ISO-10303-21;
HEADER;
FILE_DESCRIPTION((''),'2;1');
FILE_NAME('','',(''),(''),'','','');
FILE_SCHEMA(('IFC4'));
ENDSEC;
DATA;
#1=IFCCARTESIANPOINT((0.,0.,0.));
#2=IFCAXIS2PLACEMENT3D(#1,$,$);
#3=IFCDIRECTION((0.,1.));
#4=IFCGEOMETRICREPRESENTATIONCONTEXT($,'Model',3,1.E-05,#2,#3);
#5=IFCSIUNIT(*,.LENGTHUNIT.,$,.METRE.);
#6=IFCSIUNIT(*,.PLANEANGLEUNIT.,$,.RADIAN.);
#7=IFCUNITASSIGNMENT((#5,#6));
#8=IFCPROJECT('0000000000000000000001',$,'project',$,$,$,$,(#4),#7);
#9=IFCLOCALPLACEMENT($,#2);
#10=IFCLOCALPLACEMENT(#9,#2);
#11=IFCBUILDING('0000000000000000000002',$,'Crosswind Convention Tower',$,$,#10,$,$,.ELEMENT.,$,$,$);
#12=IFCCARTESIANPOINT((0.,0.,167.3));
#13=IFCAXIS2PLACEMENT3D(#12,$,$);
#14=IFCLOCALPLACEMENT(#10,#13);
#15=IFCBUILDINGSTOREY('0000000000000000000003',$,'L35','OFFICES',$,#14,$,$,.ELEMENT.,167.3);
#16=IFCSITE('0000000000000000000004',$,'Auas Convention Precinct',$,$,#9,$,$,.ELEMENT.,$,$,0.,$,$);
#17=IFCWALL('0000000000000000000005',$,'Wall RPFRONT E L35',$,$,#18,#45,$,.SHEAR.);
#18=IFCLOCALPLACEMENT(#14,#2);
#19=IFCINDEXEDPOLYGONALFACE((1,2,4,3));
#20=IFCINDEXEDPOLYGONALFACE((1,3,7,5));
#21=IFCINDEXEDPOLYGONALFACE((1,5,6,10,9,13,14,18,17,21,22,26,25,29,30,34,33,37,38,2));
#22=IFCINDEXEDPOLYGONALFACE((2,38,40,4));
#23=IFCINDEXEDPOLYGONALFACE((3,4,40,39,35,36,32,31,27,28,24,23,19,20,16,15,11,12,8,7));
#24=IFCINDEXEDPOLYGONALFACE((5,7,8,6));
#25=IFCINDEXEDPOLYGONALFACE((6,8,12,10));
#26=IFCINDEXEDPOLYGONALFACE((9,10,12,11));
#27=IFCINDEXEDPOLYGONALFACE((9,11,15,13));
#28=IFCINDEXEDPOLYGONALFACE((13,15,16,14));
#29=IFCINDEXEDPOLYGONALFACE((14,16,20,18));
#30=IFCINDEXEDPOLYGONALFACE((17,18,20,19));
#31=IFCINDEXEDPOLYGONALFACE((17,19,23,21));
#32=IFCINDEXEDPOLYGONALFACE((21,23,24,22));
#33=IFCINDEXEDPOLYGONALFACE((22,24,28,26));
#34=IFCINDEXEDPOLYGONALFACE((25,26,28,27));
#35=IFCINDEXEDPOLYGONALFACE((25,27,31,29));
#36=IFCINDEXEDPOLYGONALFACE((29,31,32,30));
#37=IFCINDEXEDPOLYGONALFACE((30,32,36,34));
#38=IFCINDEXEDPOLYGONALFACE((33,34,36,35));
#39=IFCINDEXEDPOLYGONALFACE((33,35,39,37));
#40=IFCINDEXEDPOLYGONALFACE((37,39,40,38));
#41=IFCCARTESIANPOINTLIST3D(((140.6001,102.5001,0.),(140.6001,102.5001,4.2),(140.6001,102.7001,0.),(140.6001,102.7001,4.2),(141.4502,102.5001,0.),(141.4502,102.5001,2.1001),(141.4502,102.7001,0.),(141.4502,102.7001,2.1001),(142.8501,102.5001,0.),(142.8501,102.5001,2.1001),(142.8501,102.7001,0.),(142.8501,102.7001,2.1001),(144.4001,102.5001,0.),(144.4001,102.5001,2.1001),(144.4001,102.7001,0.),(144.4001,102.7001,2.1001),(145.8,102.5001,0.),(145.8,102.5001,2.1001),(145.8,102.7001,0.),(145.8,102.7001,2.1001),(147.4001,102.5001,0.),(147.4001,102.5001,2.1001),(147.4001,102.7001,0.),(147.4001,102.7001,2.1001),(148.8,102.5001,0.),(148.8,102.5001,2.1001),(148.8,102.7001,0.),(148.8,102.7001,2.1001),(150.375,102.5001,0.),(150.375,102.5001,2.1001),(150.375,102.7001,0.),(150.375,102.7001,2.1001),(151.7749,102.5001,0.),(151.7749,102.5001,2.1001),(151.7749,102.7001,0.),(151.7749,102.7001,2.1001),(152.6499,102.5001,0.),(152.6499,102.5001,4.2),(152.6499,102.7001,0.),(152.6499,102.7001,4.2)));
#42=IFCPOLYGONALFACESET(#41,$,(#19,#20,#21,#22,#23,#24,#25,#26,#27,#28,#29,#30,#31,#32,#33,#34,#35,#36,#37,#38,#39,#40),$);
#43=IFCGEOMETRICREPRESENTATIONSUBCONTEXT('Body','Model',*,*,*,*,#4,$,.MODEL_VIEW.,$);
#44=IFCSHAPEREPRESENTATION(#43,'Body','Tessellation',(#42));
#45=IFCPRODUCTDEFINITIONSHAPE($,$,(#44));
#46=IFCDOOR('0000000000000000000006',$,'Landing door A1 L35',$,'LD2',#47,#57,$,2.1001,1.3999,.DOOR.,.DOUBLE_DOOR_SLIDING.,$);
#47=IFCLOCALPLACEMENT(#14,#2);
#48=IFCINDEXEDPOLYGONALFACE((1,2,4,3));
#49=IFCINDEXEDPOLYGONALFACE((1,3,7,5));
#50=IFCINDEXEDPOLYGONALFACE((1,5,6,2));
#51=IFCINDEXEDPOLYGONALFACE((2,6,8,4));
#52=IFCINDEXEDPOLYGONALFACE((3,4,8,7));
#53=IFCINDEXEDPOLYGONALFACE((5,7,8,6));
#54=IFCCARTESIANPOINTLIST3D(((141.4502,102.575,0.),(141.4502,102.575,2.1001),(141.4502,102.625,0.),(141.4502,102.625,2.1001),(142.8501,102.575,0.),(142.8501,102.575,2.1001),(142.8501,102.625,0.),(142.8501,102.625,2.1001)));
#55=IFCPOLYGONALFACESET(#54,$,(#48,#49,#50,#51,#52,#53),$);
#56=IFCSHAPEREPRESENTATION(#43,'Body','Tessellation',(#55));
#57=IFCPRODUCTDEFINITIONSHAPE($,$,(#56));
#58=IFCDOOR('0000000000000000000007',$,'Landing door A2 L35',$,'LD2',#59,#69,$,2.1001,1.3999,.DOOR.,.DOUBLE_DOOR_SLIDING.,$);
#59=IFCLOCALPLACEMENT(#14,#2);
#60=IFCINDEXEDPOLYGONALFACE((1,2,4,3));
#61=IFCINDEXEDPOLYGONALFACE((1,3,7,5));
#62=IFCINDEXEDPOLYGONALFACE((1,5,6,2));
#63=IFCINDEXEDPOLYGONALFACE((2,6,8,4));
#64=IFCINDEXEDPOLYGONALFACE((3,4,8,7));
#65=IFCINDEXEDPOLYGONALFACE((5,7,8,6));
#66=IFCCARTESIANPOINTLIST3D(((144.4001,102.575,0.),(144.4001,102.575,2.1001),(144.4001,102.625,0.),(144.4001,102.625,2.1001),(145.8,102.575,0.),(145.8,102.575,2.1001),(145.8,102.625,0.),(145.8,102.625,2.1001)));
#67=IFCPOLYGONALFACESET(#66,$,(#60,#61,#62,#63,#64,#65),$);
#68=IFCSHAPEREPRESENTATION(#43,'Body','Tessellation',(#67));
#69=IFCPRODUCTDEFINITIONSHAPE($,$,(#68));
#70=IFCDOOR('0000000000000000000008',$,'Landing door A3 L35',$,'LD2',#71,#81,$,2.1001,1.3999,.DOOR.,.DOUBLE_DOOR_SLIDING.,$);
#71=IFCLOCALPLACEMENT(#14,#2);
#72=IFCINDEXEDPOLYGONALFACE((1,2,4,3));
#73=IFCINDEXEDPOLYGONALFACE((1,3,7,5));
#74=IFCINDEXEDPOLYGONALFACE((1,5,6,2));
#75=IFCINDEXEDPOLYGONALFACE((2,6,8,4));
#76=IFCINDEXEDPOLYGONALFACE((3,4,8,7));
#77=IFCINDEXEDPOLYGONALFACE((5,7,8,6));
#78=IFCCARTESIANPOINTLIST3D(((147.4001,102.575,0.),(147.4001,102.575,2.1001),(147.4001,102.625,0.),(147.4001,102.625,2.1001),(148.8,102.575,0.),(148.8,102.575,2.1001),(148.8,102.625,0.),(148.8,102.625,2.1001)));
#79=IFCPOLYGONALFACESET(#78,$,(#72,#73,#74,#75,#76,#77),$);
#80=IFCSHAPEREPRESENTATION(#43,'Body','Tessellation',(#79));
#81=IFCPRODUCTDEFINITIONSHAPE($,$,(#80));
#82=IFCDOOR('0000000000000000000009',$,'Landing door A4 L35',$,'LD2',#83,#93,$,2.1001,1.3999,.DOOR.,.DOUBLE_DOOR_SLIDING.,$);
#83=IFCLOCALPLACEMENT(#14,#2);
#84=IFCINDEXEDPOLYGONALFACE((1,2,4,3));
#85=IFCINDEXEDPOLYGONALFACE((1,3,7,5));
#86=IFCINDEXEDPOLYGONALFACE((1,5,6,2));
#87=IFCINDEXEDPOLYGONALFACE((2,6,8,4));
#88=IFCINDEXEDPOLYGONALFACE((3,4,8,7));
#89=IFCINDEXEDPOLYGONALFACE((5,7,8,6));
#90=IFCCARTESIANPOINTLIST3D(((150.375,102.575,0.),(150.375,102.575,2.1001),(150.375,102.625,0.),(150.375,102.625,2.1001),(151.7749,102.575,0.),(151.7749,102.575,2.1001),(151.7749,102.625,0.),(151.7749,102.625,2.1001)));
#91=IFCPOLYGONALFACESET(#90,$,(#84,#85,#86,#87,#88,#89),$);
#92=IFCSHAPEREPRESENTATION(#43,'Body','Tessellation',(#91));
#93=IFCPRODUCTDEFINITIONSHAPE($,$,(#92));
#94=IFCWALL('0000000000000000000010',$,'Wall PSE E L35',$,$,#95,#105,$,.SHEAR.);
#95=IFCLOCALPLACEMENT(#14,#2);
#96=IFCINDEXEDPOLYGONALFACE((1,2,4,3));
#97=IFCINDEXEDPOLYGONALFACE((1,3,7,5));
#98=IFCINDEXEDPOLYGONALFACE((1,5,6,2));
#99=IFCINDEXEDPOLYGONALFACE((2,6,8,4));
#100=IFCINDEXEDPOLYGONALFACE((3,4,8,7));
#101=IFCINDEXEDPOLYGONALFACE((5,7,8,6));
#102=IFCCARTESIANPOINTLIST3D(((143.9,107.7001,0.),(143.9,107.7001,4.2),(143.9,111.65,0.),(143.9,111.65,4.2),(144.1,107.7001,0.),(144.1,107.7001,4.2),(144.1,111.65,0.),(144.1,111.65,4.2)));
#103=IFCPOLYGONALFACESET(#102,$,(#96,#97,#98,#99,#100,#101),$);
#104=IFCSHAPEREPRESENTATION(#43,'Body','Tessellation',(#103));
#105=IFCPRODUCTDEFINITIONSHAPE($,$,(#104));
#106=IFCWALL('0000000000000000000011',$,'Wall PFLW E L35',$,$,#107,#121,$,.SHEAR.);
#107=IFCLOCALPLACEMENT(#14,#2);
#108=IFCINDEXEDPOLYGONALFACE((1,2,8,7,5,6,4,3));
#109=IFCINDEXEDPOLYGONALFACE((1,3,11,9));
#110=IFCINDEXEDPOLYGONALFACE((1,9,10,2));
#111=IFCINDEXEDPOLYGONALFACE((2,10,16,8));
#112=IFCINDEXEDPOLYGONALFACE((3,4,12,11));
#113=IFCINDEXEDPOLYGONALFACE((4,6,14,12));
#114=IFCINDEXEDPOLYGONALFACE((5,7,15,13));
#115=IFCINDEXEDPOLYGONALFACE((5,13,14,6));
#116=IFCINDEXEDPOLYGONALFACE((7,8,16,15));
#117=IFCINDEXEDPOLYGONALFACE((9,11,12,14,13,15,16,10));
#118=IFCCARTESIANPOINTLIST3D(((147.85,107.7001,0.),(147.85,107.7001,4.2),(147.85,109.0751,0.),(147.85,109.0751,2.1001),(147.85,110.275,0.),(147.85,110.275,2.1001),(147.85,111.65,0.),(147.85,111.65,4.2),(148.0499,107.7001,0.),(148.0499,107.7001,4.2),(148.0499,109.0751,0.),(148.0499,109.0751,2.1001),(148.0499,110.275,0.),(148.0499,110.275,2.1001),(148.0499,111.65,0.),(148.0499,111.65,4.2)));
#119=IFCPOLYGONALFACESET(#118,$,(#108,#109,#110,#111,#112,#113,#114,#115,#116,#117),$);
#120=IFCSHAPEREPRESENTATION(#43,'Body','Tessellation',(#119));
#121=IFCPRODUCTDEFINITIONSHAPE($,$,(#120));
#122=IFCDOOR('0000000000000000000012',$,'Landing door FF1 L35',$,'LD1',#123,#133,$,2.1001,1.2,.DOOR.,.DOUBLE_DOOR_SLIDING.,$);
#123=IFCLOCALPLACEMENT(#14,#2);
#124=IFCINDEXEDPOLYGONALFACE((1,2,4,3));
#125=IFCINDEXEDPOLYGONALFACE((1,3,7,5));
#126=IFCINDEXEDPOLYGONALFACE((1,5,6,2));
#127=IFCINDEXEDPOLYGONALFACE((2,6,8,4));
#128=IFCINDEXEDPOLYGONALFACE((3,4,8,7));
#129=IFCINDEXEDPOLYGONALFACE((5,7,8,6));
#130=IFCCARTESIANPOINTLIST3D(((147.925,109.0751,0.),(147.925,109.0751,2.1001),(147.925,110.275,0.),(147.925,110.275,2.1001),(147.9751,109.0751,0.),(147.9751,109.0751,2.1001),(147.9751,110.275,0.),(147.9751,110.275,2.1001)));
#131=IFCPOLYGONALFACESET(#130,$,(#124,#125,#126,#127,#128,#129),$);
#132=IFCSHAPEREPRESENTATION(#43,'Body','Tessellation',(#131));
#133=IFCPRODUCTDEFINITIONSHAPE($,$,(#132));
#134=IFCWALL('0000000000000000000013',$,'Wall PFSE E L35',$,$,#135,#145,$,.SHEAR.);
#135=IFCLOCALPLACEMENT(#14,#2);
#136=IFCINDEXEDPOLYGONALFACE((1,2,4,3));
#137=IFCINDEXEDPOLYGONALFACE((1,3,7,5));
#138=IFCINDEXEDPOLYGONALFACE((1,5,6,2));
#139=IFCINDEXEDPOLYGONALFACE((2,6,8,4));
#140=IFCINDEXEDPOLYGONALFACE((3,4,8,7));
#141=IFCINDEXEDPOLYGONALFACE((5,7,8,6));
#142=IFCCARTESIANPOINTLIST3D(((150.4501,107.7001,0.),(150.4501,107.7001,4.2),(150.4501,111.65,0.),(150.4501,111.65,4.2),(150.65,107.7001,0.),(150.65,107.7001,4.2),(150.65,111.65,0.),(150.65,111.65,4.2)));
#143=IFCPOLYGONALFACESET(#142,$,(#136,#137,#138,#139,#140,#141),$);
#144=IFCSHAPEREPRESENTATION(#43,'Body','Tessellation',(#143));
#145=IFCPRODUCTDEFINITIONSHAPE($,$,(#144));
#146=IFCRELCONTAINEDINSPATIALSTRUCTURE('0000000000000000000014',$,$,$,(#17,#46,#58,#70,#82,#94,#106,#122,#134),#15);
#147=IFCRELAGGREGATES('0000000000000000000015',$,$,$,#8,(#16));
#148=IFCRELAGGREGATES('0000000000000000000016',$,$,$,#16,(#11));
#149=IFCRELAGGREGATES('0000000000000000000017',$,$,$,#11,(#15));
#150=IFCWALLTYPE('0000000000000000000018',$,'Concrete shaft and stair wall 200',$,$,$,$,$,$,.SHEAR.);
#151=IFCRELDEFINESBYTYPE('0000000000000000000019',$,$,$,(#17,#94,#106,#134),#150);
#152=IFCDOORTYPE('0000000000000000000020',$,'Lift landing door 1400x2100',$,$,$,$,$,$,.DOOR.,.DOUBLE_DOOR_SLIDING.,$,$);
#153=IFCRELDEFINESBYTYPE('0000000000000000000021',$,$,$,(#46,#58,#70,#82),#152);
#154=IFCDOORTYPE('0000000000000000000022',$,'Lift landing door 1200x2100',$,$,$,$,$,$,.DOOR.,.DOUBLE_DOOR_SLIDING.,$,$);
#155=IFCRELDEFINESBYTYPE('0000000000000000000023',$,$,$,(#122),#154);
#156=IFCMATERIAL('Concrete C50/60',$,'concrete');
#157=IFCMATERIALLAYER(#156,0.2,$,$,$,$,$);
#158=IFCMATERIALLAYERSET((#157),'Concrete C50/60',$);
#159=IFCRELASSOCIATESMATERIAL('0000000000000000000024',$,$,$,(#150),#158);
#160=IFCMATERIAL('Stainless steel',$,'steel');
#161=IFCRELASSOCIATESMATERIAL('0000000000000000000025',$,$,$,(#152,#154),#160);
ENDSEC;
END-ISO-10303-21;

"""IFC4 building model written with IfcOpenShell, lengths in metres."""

from ifc_helpers import new_model, si_unit, direction, frame, frame_2d, origin, place, context, subcontext, project, spatial, rectangle, extrude, material, layer, layer_set, type_object, element, fill, save


model = new_model("IFC4")

# Units and contexts
model_context = context("Model", 3, precision=1e-05, world=origin(), true_north=direction((0.0, 1.0)))
body_context = subcontext(model_context, "Body", "Model", "MODEL_VIEW")
ifc_project = project(units=[si_unit("LENGTHUNIT", "METRE"), si_unit("PLANEANGLEUNIT", "RADIAN")], contexts=[model_context])

# Site, building, storey
site_placement = place(None, origin())
site = spatial("IfcSite", under=ifc_project, at=site_placement, Name="Auas Convention Precinct", CompositionType="ELEMENT", RefElevation=0.0)
building_placement = place(site_placement, origin())
building = spatial("IfcBuilding", under=site, at=building_placement, Name="Crosswind Convention Tower", CompositionType="ELEMENT")
storey_placement = place(building_placement, frame((0.0, 0.0, 167.3)))
storey = spatial("IfcBuildingStorey", under=building, at=storey_placement, Name="L35", Description="OFFICES", CompositionType="ELEMENT", Elevation=167.3)

# Shared definitions
ifc_material_1 = material(Name="Concrete C50/60", Category="concrete")
ifc_layer_1 = layer(ifc_material_1, 0.2)
ifc_layer_set_1 = layer_set([ifc_layer_1], Name="Concrete C50/60")
wall_type_1 = type_object("IfcWallType", Name="Concrete shaft and stair wall 200", PredefinedType="SHEAR", material=ifc_layer_set_1)

# Wall, openings, doors
wall_1_placement = place(storey_placement, frame((140.6001, 102.6001, 0.0), z_axis=(0.0, 0.0, 1.0), x_axis=(1.0, 0.0, 0.0)))
wall_1 = element("IfcWall", 1, at=wall_1_placement, inside=storey, type_object=wall_type_1, Name="Wall RPFRONT E L35", PredefinedType="SHEAR", context=body_context, shape_type="SweptSolid", body=[
    extrude(rectangle(XDim=12.0498, YDim=0.2, at=frame_2d((6.0249, 0.0))), origin(), (0.0, 0.0, 1.0), 4.2),
])
opening_1_placement = place(wall_1_placement, frame((0.8501, 0.0, 0.0)))
opening_1 = element("IfcOpeningElement", 2, at=opening_1_placement, cuts=wall_1, PredefinedType="OPENING", context=body_context, shape_type="SweptSolid", body=[
    extrude(rectangle(XDim=1.3999, YDim=2.1001, at=frame_2d((0.7, 1.05))), frame((0.0, 0.1099, 0.0), z_axis=(0.0, -1.0, 0.0), x_axis=(1.0, 0.0, 0.0)), (0.0, 0.0, 1.0), 0.22),
])
opening_2_placement = place(wall_1_placement, frame((3.8, 0.0, 0.0)))
opening_2 = element("IfcOpeningElement", 3, at=opening_2_placement, cuts=wall_1, PredefinedType="OPENING", context=body_context, shape_type="SweptSolid", body=[
    extrude(rectangle(XDim=1.3999, YDim=2.1001, at=frame_2d((0.7, 1.05))), frame((0.0, 0.1099, 0.0), z_axis=(0.0, -1.0, 0.0), x_axis=(1.0, 0.0, 0.0)), (0.0, 0.0, 1.0), 0.22),
])
opening_3_placement = place(wall_1_placement, frame((6.8, 0.0, 0.0)))
opening_3 = element("IfcOpeningElement", 4, at=opening_3_placement, cuts=wall_1, PredefinedType="OPENING", context=body_context, shape_type="SweptSolid", body=[
    extrude(rectangle(XDim=1.3999, YDim=2.1001, at=frame_2d((0.7, 1.05))), frame((0.0, 0.1099, 0.0), z_axis=(0.0, -1.0, 0.0), x_axis=(1.0, 0.0, 0.0)), (0.0, 0.0, 1.0), 0.22),
])
opening_4_placement = place(wall_1_placement, frame((9.7749, 0.0, 0.0)))
opening_4 = element("IfcOpeningElement", 5, at=opening_4_placement, cuts=wall_1, PredefinedType="OPENING", context=body_context, shape_type="SweptSolid", body=[
    extrude(rectangle(XDim=1.3999, YDim=2.1001, at=frame_2d((0.7, 1.05))), frame((0.0, 0.1099, 0.0), z_axis=(0.0, -1.0, 0.0), x_axis=(1.0, 0.0, 0.0)), (0.0, 0.0, 1.0), 0.22),
])
ifc_material_2 = material(Name="Stainless steel", Category="steel")
door_type_1 = type_object("IfcDoorType", Name="Lift landing door 1400x2100", OperationType="DOUBLE_DOOR_SLIDING", PredefinedType="DOOR", material=ifc_material_2)
door_1_placement = place(opening_1_placement, origin())
door_1 = element("IfcDoor", 6, at=door_1_placement, inside=storey, type_object=door_type_1, Name="Landing door A1 L35", ObjectType="LD2", OperationType="DOUBLE_DOOR_SLIDING", OverallHeight=2.1001, OverallWidth=1.3999, PredefinedType="DOOR", context=body_context, shape_type="SweptSolid", body=[
    extrude(rectangle(XDim=1.3999, YDim=2.1001, at=frame_2d((0.7, 1.05))), frame((0.0, 0.0249, 0.0), z_axis=(0.0, -1.0, 0.0), x_axis=(1.0, 0.0, 0.0)), (0.0, 0.0, 1.0), 0.05),
])
fill(opening_1, door_1)
door_2_placement = place(opening_2_placement, origin())
door_2 = element("IfcDoor", 7, at=door_2_placement, inside=storey, type_object=door_type_1, Name="Landing door A2 L35", ObjectType="LD2", OperationType="DOUBLE_DOOR_SLIDING", OverallHeight=2.1001, OverallWidth=1.3999, PredefinedType="DOOR", context=body_context, shape_type="SweptSolid", body=[
    extrude(rectangle(XDim=1.3999, YDim=2.1001, at=frame_2d((0.7, 1.05))), frame((0.0, 0.0249, 0.0), z_axis=(0.0, -1.0, 0.0), x_axis=(1.0, 0.0, 0.0)), (0.0, 0.0, 1.0), 0.05),
])
fill(opening_2, door_2)
door_3_placement = place(opening_3_placement, origin())
door_3 = element("IfcDoor", 8, at=door_3_placement, inside=storey, type_object=door_type_1, Name="Landing door A3 L35", ObjectType="LD2", OperationType="DOUBLE_DOOR_SLIDING", OverallHeight=2.1001, OverallWidth=1.3999, PredefinedType="DOOR", context=body_context, shape_type="SweptSolid", body=[
    extrude(rectangle(XDim=1.3999, YDim=2.1001, at=frame_2d((0.7, 1.05))), frame((0.0, 0.0249, 0.0), z_axis=(0.0, -1.0, 0.0), x_axis=(1.0, 0.0, 0.0)), (0.0, 0.0, 1.0), 0.05),
])
fill(opening_3, door_3)
door_4_placement = place(opening_4_placement, origin())
door_4 = element("IfcDoor", 9, at=door_4_placement, inside=storey, type_object=door_type_1, Name="Landing door A4 L35", ObjectType="LD2", OperationType="DOUBLE_DOOR_SLIDING", OverallHeight=2.1001, OverallWidth=1.3999, PredefinedType="DOOR", context=body_context, shape_type="SweptSolid", body=[
    extrude(rectangle(XDim=1.3999, YDim=2.1001, at=frame_2d((0.7, 1.05))), frame((0.0, 0.0249, 0.0), z_axis=(0.0, -1.0, 0.0), x_axis=(1.0, 0.0, 0.0)), (0.0, 0.0, 1.0), 0.05),
])
fill(opening_4, door_4)

# Wall
wall_2_placement = place(storey_placement, frame((144.0, 107.7, 0.0), z_axis=(0.0, 0.0, 1.0), x_axis=(0.0, 1.0, 0.0)))
element("IfcWall", 10, at=wall_2_placement, inside=storey, type_object=wall_type_1, Name="Wall PSE E L35", PredefinedType="SHEAR", context=body_context, shape_type="SweptSolid", body=[
    extrude(rectangle(XDim=3.95, YDim=0.2, at=frame_2d((1.9751, 0.0))), origin(), (0.0, 0.0, 1.0), 4.2),
])

# Wall, opening, door
wall_3_placement = place(storey_placement, frame((147.95, 107.7, 0.0), z_axis=(0.0, 0.0, 1.0), x_axis=(0.0, 1.0, 0.0)))
wall_3 = element("IfcWall", 11, at=wall_3_placement, inside=storey, type_object=wall_type_1, Name="Wall PFLW E L35", PredefinedType="SHEAR", context=body_context, shape_type="SweptSolid", body=[
    extrude(rectangle(XDim=3.95, YDim=0.2, at=frame_2d((1.9751, 0.0))), origin(), (0.0, 0.0, 1.0), 4.2),
])
opening_5_placement = place(wall_3_placement, frame((1.375, 0.0, 0.0)))
opening_5 = element("IfcOpeningElement", 12, at=opening_5_placement, cuts=wall_3, PredefinedType="OPENING", context=body_context, shape_type="SweptSolid", body=[
    extrude(rectangle(XDim=1.2, YDim=2.1001, at=frame_2d((0.6001, 1.05))), frame((0.0, 0.1099, 0.0), z_axis=(0.0, -1.0, 0.0), x_axis=(1.0, 0.0, 0.0)), (0.0, 0.0, 1.0), 0.22),
])
door_type_2 = type_object("IfcDoorType", Name="Lift landing door 1200x2100", OperationType="DOUBLE_DOOR_SLIDING", PredefinedType="DOOR", material=ifc_material_2)
door_5_placement = place(opening_5_placement, origin())
door_5 = element("IfcDoor", 13, at=door_5_placement, inside=storey, type_object=door_type_2, Name="Landing door FF1 L35", ObjectType="LD1", OperationType="DOUBLE_DOOR_SLIDING", OverallHeight=2.1001, OverallWidth=1.2, PredefinedType="DOOR", context=body_context, shape_type="SweptSolid", body=[
    extrude(rectangle(XDim=1.2, YDim=2.1001, at=frame_2d((0.6001, 1.05))), frame((0.0, 0.0249, 0.0), z_axis=(0.0, -1.0, 0.0), x_axis=(1.0, 0.0, 0.0)), (0.0, 0.0, 1.0), 0.05),
])
fill(opening_5, door_5)

# Wall
wall_4_placement = place(storey_placement, frame((150.55, 107.7, 0.0), z_axis=(0.0, 0.0, 1.0), x_axis=(0.0, 1.0, 0.0)))
element("IfcWall", 14, at=wall_4_placement, inside=storey, type_object=wall_type_1, Name="Wall PFSE E L35", PredefinedType="SHEAR", context=body_context, shape_type="SweptSolid", body=[
    extrude(rectangle(XDim=3.95, YDim=0.2, at=frame_2d((1.9751, 0.0))), origin(), (0.0, 0.0, 1.0), 4.2),
])

save(model, "model.ifc")
